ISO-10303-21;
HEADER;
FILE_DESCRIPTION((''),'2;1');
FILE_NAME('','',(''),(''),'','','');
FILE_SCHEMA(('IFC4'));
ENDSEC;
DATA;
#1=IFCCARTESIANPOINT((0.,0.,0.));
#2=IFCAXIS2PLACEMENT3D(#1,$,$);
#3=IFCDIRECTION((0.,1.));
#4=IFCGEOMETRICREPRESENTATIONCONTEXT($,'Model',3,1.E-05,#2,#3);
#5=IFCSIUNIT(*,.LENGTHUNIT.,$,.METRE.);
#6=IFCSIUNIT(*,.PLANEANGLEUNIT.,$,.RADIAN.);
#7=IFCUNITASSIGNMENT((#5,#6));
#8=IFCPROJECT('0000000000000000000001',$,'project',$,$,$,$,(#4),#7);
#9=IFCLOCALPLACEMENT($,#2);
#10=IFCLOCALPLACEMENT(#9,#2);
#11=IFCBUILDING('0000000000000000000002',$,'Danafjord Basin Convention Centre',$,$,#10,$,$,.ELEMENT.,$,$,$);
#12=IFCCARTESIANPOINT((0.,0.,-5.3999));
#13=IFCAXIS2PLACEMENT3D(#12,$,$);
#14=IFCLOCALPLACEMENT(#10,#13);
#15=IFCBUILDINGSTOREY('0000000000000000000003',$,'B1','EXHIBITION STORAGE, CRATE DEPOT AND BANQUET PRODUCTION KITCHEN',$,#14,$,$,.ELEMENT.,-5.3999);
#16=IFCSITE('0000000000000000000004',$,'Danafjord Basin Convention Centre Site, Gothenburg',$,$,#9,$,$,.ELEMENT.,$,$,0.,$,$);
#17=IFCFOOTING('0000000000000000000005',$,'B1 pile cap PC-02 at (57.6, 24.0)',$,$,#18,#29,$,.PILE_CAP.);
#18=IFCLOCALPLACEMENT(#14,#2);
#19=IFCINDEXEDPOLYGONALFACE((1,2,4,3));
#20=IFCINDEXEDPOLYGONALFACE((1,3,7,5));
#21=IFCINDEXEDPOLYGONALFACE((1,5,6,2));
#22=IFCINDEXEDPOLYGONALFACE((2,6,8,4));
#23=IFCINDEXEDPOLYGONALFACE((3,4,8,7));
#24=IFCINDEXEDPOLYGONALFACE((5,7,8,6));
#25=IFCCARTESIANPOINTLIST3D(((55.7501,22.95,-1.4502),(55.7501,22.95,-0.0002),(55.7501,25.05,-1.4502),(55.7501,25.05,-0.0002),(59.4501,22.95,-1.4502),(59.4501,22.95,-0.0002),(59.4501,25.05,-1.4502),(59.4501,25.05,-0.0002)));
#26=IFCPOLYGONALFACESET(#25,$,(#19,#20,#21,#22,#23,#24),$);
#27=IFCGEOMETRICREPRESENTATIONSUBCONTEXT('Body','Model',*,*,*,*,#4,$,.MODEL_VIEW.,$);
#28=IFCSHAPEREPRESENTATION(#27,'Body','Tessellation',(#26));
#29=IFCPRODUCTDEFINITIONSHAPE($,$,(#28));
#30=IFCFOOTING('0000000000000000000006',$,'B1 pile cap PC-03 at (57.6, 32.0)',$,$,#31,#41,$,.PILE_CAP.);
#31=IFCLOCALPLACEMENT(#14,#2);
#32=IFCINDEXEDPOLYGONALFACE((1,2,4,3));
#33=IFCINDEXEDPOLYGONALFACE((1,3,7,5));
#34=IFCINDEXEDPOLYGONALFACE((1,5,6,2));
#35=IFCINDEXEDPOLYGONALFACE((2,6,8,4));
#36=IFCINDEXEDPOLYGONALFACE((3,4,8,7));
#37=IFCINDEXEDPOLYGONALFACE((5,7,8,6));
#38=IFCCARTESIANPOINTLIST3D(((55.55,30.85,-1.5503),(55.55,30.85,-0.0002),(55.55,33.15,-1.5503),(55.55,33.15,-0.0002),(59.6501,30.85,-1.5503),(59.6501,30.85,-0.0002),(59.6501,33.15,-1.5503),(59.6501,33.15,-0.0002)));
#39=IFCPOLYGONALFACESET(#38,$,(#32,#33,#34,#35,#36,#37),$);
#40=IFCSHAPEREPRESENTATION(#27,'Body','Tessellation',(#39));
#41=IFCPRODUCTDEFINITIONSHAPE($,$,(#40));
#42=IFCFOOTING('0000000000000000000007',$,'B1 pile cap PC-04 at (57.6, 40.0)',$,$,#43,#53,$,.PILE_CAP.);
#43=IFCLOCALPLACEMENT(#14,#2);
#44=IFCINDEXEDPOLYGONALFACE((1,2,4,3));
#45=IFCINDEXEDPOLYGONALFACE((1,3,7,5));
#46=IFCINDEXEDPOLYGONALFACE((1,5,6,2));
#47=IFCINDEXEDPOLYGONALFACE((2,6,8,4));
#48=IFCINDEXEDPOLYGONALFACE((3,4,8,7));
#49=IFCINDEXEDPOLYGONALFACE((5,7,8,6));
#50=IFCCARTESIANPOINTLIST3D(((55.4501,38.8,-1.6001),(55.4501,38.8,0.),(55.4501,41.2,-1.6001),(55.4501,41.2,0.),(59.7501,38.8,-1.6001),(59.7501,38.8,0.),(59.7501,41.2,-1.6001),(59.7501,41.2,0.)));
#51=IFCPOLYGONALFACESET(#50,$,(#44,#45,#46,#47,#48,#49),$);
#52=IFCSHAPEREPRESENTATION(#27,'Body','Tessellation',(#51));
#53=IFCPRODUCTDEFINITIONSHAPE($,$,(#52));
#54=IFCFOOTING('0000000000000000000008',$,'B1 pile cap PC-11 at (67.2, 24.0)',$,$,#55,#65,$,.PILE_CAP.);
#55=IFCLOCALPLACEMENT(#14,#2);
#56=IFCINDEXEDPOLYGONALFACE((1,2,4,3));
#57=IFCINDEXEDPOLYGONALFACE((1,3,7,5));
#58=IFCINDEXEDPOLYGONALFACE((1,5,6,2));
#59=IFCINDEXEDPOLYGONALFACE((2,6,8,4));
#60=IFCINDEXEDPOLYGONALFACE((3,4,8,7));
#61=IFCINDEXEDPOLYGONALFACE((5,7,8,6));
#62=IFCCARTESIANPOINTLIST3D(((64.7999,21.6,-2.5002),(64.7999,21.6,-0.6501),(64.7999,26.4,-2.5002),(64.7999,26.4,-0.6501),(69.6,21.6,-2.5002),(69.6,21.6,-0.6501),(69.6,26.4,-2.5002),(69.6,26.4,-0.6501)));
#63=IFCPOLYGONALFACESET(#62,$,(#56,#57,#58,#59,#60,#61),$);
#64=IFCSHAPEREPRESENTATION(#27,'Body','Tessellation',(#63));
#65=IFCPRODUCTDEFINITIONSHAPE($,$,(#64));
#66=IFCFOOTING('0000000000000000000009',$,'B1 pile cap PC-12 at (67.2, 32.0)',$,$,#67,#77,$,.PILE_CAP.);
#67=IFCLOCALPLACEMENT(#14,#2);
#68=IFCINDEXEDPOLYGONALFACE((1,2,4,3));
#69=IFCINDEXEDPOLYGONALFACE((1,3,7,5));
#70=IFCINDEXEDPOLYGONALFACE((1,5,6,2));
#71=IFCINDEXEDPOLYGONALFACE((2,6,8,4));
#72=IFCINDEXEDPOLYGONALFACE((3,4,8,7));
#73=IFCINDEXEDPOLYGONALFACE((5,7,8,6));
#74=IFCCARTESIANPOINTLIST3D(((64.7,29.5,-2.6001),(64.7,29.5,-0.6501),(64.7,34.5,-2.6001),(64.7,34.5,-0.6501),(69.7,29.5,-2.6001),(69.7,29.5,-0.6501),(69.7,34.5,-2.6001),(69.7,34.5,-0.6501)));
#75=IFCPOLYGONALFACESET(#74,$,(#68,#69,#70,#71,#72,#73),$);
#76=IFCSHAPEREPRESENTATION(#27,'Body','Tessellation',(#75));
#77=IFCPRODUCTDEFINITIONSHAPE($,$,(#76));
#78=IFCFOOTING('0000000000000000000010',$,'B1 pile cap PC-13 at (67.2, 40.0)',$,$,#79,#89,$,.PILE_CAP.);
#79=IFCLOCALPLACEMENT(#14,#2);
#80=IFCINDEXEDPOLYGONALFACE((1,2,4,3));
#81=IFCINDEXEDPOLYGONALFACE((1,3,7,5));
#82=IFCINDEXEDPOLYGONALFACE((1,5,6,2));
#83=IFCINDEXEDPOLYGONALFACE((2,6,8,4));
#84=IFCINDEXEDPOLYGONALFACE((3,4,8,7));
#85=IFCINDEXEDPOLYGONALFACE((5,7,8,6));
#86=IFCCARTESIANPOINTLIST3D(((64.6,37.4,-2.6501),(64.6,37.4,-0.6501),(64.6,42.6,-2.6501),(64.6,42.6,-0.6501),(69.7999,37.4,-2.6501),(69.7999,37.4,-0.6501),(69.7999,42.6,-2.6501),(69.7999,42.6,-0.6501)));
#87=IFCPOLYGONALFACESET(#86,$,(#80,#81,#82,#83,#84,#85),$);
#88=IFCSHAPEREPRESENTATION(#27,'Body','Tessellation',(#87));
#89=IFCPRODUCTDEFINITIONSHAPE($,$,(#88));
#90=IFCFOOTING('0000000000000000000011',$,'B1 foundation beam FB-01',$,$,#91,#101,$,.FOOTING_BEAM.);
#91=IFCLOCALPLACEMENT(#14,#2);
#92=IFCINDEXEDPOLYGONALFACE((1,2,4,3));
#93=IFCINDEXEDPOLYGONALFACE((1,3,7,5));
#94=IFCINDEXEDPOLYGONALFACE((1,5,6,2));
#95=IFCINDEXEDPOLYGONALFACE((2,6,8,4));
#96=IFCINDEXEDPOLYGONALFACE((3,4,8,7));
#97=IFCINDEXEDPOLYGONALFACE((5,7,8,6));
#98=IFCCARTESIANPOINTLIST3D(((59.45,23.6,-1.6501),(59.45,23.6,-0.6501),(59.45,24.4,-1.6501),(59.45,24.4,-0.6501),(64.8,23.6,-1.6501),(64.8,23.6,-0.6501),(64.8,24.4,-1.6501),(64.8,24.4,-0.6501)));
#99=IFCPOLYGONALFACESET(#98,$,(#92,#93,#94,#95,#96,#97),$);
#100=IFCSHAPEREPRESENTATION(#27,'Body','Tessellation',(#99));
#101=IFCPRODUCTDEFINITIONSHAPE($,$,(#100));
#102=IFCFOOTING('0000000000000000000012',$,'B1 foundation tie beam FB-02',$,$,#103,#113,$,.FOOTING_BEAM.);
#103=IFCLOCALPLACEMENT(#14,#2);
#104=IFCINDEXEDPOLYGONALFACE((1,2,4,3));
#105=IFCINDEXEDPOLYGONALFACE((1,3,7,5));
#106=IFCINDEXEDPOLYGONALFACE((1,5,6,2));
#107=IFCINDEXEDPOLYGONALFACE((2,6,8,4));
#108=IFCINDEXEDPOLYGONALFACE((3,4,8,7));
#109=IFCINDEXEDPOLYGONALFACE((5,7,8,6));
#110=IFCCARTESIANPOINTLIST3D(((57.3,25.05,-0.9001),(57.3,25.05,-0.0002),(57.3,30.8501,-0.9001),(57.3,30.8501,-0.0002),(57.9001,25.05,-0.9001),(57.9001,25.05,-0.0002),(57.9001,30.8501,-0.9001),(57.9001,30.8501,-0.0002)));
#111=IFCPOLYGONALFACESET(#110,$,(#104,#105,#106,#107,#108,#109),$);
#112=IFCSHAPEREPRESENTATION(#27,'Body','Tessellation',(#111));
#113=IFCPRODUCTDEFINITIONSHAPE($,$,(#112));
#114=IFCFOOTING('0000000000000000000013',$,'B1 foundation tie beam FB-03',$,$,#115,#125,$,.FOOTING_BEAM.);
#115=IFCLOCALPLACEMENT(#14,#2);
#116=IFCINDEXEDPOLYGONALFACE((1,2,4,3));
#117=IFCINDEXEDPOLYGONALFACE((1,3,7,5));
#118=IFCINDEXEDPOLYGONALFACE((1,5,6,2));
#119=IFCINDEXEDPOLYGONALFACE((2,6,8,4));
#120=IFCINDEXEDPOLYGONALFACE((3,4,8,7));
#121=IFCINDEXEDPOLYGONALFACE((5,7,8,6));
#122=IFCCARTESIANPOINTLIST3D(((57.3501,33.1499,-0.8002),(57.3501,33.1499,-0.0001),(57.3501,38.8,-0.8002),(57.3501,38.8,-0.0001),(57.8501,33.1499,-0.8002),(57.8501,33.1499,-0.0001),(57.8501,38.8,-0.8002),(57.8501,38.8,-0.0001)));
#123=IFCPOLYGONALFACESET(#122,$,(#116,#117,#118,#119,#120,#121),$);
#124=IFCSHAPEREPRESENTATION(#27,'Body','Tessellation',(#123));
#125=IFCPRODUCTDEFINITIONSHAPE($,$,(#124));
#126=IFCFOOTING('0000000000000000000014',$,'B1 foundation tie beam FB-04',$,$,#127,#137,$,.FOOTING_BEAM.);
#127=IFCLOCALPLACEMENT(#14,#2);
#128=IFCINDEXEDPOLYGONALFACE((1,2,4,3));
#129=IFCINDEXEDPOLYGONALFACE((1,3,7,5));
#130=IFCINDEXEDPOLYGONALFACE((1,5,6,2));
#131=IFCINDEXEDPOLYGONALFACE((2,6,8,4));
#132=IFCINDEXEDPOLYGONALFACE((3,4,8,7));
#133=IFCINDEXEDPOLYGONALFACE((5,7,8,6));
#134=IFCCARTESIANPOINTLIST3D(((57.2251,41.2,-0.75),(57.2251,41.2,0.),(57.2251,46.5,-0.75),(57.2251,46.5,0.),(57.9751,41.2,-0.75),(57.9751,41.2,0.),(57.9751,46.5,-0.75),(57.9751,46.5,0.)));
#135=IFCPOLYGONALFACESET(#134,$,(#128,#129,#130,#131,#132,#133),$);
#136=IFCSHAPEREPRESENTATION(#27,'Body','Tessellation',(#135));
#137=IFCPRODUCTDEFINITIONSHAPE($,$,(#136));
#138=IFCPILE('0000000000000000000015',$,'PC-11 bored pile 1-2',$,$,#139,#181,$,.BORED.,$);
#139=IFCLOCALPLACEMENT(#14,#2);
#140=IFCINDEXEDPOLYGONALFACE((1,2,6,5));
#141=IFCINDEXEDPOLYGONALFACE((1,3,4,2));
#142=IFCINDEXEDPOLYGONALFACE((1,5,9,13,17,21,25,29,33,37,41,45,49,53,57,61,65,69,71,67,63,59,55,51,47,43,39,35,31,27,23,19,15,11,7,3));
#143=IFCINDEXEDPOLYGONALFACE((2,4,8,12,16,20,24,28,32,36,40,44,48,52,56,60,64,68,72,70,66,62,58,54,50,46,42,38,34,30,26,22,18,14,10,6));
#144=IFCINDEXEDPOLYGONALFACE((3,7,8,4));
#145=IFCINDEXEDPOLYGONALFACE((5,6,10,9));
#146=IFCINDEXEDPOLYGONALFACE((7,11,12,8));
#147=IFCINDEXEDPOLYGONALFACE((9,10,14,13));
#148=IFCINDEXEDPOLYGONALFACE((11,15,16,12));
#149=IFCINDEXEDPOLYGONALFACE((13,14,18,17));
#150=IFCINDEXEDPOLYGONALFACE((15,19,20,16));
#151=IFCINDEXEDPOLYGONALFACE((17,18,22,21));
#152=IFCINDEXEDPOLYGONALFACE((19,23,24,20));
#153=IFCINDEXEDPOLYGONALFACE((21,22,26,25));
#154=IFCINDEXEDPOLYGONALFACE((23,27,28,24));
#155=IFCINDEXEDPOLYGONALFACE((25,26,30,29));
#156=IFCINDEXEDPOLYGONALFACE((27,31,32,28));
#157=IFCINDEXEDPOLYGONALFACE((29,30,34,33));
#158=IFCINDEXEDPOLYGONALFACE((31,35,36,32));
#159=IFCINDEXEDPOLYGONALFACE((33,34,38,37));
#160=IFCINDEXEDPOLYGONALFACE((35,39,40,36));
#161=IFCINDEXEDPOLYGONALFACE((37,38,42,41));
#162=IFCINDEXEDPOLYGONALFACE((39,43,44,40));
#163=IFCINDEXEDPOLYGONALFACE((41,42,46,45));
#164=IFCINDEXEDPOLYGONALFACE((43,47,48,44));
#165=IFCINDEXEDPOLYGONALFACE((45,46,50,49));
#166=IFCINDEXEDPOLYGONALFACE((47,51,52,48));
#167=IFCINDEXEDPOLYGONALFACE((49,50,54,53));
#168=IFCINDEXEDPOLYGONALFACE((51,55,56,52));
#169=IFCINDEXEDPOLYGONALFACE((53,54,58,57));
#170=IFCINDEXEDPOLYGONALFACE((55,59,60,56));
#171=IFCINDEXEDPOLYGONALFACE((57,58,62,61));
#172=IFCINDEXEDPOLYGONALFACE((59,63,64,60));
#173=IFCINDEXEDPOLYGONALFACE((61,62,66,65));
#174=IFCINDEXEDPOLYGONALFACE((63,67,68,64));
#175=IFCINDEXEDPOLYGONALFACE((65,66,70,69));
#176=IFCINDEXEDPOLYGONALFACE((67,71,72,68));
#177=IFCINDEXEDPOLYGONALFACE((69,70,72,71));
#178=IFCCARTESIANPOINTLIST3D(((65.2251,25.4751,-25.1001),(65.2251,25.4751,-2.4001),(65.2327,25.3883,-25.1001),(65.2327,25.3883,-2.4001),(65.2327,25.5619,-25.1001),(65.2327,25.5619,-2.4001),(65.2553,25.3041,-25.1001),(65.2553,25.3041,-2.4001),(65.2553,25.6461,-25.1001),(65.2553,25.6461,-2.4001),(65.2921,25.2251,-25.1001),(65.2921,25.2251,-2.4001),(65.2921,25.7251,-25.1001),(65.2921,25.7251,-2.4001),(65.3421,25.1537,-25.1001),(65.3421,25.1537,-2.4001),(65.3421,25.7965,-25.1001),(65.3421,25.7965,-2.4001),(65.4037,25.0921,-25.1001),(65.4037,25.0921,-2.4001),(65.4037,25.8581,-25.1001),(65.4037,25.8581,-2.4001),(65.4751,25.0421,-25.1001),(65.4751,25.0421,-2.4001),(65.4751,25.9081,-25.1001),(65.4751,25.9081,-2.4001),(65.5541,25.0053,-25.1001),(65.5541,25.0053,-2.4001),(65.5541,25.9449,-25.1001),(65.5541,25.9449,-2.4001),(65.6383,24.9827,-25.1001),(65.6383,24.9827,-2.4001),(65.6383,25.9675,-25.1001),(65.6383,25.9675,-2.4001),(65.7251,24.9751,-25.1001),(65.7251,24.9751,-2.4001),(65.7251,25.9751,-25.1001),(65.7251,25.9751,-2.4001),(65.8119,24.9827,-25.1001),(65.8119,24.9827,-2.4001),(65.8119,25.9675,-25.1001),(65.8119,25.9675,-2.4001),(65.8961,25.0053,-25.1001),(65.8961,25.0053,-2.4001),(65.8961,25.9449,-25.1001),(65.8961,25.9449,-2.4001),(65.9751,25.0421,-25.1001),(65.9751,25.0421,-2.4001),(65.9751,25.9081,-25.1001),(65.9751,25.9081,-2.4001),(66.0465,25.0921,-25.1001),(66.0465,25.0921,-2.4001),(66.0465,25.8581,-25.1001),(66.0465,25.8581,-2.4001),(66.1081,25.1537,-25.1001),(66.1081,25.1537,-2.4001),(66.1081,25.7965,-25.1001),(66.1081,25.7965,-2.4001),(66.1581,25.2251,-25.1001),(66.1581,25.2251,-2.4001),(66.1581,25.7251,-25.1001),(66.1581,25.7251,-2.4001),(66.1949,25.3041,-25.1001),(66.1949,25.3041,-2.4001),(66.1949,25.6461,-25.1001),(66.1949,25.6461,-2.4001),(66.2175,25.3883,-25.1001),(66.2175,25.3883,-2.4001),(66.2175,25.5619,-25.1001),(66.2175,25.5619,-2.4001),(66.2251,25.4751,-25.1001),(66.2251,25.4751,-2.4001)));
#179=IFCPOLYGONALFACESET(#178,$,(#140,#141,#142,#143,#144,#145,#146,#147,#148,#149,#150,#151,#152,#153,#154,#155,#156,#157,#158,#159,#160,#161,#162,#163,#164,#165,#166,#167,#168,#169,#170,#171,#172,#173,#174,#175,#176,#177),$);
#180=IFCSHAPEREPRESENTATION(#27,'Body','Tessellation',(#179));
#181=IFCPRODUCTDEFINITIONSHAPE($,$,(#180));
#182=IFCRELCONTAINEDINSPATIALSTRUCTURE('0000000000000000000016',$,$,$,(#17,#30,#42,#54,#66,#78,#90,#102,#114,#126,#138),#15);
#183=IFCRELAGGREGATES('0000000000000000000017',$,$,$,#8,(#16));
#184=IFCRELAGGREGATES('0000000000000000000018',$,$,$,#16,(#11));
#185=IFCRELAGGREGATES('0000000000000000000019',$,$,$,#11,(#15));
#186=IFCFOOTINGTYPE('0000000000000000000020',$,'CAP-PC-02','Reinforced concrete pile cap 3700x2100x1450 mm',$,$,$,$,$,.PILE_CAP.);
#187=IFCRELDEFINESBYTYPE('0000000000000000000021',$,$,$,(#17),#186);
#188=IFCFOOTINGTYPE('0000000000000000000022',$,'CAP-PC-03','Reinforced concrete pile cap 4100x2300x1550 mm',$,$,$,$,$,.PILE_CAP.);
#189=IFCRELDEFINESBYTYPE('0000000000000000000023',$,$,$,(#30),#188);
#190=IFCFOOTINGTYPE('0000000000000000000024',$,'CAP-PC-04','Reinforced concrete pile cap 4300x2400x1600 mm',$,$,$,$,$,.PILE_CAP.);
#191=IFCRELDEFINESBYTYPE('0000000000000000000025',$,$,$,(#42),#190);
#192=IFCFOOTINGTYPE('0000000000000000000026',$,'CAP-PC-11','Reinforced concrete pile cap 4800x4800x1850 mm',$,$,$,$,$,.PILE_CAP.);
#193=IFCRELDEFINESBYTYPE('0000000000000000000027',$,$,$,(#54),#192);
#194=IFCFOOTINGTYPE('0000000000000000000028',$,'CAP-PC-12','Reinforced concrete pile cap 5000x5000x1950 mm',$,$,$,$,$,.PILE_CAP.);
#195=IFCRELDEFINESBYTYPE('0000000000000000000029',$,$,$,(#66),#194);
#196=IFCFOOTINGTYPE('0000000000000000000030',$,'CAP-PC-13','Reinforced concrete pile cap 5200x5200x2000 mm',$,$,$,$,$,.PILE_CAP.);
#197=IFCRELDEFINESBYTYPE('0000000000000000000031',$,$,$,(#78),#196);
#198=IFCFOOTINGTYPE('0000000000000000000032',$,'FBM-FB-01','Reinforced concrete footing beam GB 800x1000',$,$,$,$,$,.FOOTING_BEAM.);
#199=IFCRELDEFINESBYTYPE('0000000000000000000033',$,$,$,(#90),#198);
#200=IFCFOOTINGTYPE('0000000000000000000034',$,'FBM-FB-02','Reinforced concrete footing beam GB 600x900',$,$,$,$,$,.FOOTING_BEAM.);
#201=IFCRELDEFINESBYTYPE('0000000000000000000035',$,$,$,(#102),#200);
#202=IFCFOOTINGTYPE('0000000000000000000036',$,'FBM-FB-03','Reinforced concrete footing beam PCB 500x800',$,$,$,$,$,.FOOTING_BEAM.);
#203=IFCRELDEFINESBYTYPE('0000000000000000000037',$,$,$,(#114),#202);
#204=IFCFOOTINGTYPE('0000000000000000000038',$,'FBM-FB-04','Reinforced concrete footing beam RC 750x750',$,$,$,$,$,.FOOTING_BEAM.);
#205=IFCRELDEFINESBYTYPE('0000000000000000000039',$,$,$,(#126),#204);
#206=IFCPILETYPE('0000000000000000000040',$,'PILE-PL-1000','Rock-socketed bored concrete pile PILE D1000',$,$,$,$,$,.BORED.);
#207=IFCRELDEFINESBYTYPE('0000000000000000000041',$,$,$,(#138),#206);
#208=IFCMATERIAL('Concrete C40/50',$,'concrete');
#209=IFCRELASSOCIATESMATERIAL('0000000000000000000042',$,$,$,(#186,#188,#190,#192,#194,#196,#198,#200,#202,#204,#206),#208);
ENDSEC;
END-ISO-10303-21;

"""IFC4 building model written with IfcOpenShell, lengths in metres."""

from ifc_helpers import new_model, si_unit, direction, frame, origin, origin_2d, place, context, subcontext, project, spatial, rectangle, circle, extrude, material, material_profile, profile_set, type_object, element, save


model = new_model("IFC4")

# Units and contexts
model_context = context("Model", 3, precision=1e-05, world=origin(), true_north=direction((0.0, 1.0)))
body_context = subcontext(model_context, "Body", "Model", "MODEL_VIEW")
ifc_project = project(units=[si_unit("LENGTHUNIT", "METRE"), si_unit("PLANEANGLEUNIT", "RADIAN")], contexts=[model_context])

# Site, building, storey
site_placement = place(None, origin())
site = spatial("IfcSite", under=ifc_project, at=site_placement, Name="Danafjord Basin Convention Centre Site, Gothenburg", CompositionType="ELEMENT", RefElevation=0.0)
building_placement = place(site_placement, origin())
building = spatial("IfcBuilding", under=site, at=building_placement, Name="Danafjord Basin Convention Centre", CompositionType="ELEMENT")
storey_placement = place(building_placement, frame((0.0, 0.0, -5.3999)))
storey = spatial("IfcBuildingStorey", under=building, at=storey_placement, Name="B1", Description="EXHIBITION STORAGE, CRATE DEPOT AND BANQUET PRODUCTION KITCHEN", CompositionType="ELEMENT", Elevation=-5.3999)

# Footings
ifc_material_1 = material(Name="Concrete C40/50", Category="concrete")
footing_type_1 = type_object("IfcFootingType", Name="CAP-PC-02", Description="Reinforced concrete pile cap 3700x2100x1450 mm", PredefinedType="PILE_CAP", material=ifc_material_1)
footing_1_placement = place(storey_placement, frame((57.6001, 24.0, -1.4502), z_axis=(0.0, 0.0, 1.0), x_axis=(1.0, 0.0, 0.0)))
element("IfcFooting", 1, at=footing_1_placement, inside=storey, type_object=footing_type_1, Name="B1 pile cap PC-02 at (57.6, 24.0)", PredefinedType="PILE_CAP", context=body_context, shape_type="SweptSolid", body=[
    extrude(rectangle(XDim=3.7, YDim=2.1001, at=origin_2d()), origin(), (0.0, 0.0, 1.0), 1.45),
])
footing_type_2 = type_object("IfcFootingType", Name="CAP-PC-03", Description="Reinforced concrete pile cap 4100x2300x1550 mm", PredefinedType="PILE_CAP", material=ifc_material_1)
footing_2_placement = place(storey_placement, frame((57.6001, 32.0, -1.5503), z_axis=(0.0, 0.0, 1.0), x_axis=(1.0, 0.0, 0.0)))
element("IfcFooting", 2, at=footing_2_placement, inside=storey, type_object=footing_type_2, Name="B1 pile cap PC-03 at (57.6, 32.0)", PredefinedType="PILE_CAP", context=body_context, shape_type="SweptSolid", body=[
    extrude(rectangle(XDim=4.1001, YDim=2.3, at=origin_2d()), origin(), (0.0, 0.0, 1.0), 1.55),
])
footing_type_3 = type_object("IfcFootingType", Name="CAP-PC-04", Description="Reinforced concrete pile cap 4300x2400x1600 mm", PredefinedType="PILE_CAP", material=ifc_material_1)
footing_3_placement = place(storey_placement, frame((57.6001, 40.0, -1.6001), z_axis=(0.0, 0.0, 1.0), x_axis=(1.0, 0.0, 0.0)))
element("IfcFooting", 3, at=footing_3_placement, inside=storey, type_object=footing_type_3, Name="B1 pile cap PC-04 at (57.6, 40.0)", PredefinedType="PILE_CAP", context=body_context, shape_type="SweptSolid", body=[
    extrude(rectangle(XDim=4.3, YDim=2.3999, at=origin_2d()), origin(), (0.0, 0.0, 1.0), 1.6001),
])
footing_type_4 = type_object("IfcFootingType", Name="CAP-PC-11", Description="Reinforced concrete pile cap 4800x4800x1850 mm", PredefinedType="PILE_CAP", material=ifc_material_1)
footing_4_placement = place(storey_placement, frame((67.2, 24.0, -2.5002), z_axis=(0.0, 0.0, 1.0), x_axis=(1.0, 0.0, 0.0)))
element("IfcFooting", 4, at=footing_4_placement, inside=storey, type_object=footing_type_4, Name="B1 pile cap PC-11 at (67.2, 24.0)", PredefinedType="PILE_CAP", context=body_context, shape_type="SweptSolid", body=[
    extrude(rectangle(XDim=4.8, YDim=4.8, at=origin_2d()), origin(), (0.0, 0.0, 1.0), 1.8501),
])
footing_type_5 = type_object("IfcFootingType", Name="CAP-PC-12", Description="Reinforced concrete pile cap 5000x5000x1950 mm", PredefinedType="PILE_CAP", material=ifc_material_1)
footing_5_placement = place(storey_placement, frame((67.2, 32.0, -2.6001), z_axis=(0.0, 0.0, 1.0), x_axis=(1.0, 0.0, 0.0)))
element("IfcFooting", 5, at=footing_5_placement, inside=storey, type_object=footing_type_5, Name="B1 pile cap PC-12 at (67.2, 32.0)", PredefinedType="PILE_CAP", context=body_context, shape_type="SweptSolid", body=[
    extrude(rectangle(XDim=5.0, YDim=5.0, at=origin_2d()), origin(), (0.0, 0.0, 1.0), 1.95),
])
footing_type_6 = type_object("IfcFootingType", Name="CAP-PC-13", Description="Reinforced concrete pile cap 5200x5200x2000 mm", PredefinedType="PILE_CAP", material=ifc_material_1)
footing_6_placement = place(storey_placement, frame((67.2, 40.0, -2.6501), z_axis=(0.0, 0.0, 1.0), x_axis=(1.0, 0.0, 0.0)))
element("IfcFooting", 6, at=footing_6_placement, inside=storey, type_object=footing_type_6, Name="B1 pile cap PC-13 at (67.2, 40.0)", PredefinedType="PILE_CAP", context=body_context, shape_type="SweptSolid", body=[
    extrude(rectangle(XDim=5.2, YDim=5.2, at=origin_2d()), origin(), (0.0, 0.0, 1.0), 2.0),
])
ifc_material_profile_1 = material_profile(ifc_material_1, rectangle(XDim=0.8, YDim=1.0, at=origin_2d()), Name="GB 800x1000")
ifc_profile_set_1 = profile_set([ifc_material_profile_1], Name="Concrete C40/50")
footing_type_7 = type_object("IfcFootingType", Name="FBM-FB-01", Description="Reinforced concrete footing beam GB 800x1000", PredefinedType="FOOTING_BEAM", material=ifc_profile_set_1)
footing_7_placement = place(storey_placement, frame((59.45, 24.0, -1.1501), z_axis=(1.0, 0.0, 0.0), x_axis=(0.0, 1.0, 0.0)))
element("IfcFooting", 7, at=footing_7_placement, inside=storey, type_object=footing_type_7, Name="B1 foundation beam FB-01", PredefinedType="FOOTING_BEAM", context=body_context, shape_type="SweptSolid", body=[
    extrude(rectangle(XDim=0.8, YDim=1.0, at=origin_2d()), origin(), (0.0, 0.0, 1.0), 5.3501),
])
ifc_material_profile_2 = material_profile(ifc_material_1, rectangle(XDim=0.6001, YDim=0.8999, at=origin_2d()), Name="GB 600x900")
ifc_profile_set_2 = profile_set([ifc_material_profile_2], Name="Concrete C40/50")
footing_type_8 = type_object("IfcFootingType", Name="FBM-FB-02", Description="Reinforced concrete footing beam GB 600x900", PredefinedType="FOOTING_BEAM", material=ifc_profile_set_2)
footing_8_placement = place(storey_placement, frame((57.6001, 25.05, -0.4502), z_axis=(0.0, 1.0, 0.0), x_axis=(-1.0, 0.0, 0.0)))
element("IfcFooting", 8, at=footing_8_placement, inside=storey, type_object=footing_type_8, Name="B1 foundation tie beam FB-02", PredefinedType="FOOTING_BEAM", context=body_context, shape_type="SweptSolid", body=[
    extrude(rectangle(XDim=0.6001, YDim=0.8999, at=origin_2d()), origin(), (0.0, 0.0, 1.0), 5.8),
])
ifc_material_profile_3 = material_profile(ifc_material_1, rectangle(XDim=0.5, YDim=0.8, at=origin_2d()), Name="PCB 500x800")
ifc_profile_set_3 = profile_set([ifc_material_profile_3], Name="Concrete C40/50")
footing_type_9 = type_object("IfcFootingType", Name="FBM-FB-03", Description="Reinforced concrete footing beam PCB 500x800", PredefinedType="FOOTING_BEAM", material=ifc_profile_set_3)
footing_9_placement = place(storey_placement, frame((57.6001, 33.1499, -0.4001), z_axis=(0.0, 1.0, 0.0), x_axis=(-1.0, 0.0, 0.0)))
element("IfcFooting", 9, at=footing_9_placement, inside=storey, type_object=footing_type_9, Name="B1 foundation tie beam FB-03", PredefinedType="FOOTING_BEAM", context=body_context, shape_type="SweptSolid", body=[
    extrude(rectangle(XDim=0.5, YDim=0.8, at=origin_2d()), origin(), (0.0, 0.0, 1.0), 5.6501),
])
ifc_material_profile_4 = material_profile(ifc_material_1, rectangle(XDim=0.75, YDim=0.75, at=origin_2d()), Name="RC 750x750")
ifc_profile_set_4 = profile_set([ifc_material_profile_4], Name="Concrete C40/50")
footing_type_10 = type_object("IfcFootingType", Name="FBM-FB-04", Description="Reinforced concrete footing beam RC 750x750", PredefinedType="FOOTING_BEAM", material=ifc_profile_set_4)
footing_10_placement = place(storey_placement, frame((57.6001, 41.2, -0.375), z_axis=(0.0, 1.0, 0.0), x_axis=(-1.0, 0.0, 0.0)))
element("IfcFooting", 10, at=footing_10_placement, inside=storey, type_object=footing_type_10, Name="B1 foundation tie beam FB-04", PredefinedType="FOOTING_BEAM", context=body_context, shape_type="SweptSolid", body=[
    extrude(rectangle(XDim=0.75, YDim=0.75, at=origin_2d()), origin(), (0.0, 0.0, 1.0), 5.3),
])

# Pile
ifc_material_profile_5 = material_profile(ifc_material_1, circle(Radius=0.5, at=origin_2d()), Name="PILE D1000")
ifc_profile_set_5 = profile_set([ifc_material_profile_5], Name="Concrete C40/50")
pile_type_1 = type_object("IfcPileType", Name="PILE-PL-1000", Description="Rock-socketed bored concrete pile PILE D1000", PredefinedType="BORED", material=ifc_profile_set_5)
pile_1_placement = place(storey_placement, frame((65.7251, 25.4751, -2.4001), z_axis=(0.0, 0.0, -1.0), x_axis=(1.0, 0.0, 0.0)))
element("IfcPile", 11, at=pile_1_placement, inside=storey, type_object=pile_type_1, Name="PC-11 bored pile 1-2", PredefinedType="BORED", context=body_context, shape_type="SweptSolid", body=[
    extrude(circle(Radius=0.5, at=origin_2d()), origin(), (0.0, 0.0, 1.0), 22.7),
])

save(model, "model.ifc")
